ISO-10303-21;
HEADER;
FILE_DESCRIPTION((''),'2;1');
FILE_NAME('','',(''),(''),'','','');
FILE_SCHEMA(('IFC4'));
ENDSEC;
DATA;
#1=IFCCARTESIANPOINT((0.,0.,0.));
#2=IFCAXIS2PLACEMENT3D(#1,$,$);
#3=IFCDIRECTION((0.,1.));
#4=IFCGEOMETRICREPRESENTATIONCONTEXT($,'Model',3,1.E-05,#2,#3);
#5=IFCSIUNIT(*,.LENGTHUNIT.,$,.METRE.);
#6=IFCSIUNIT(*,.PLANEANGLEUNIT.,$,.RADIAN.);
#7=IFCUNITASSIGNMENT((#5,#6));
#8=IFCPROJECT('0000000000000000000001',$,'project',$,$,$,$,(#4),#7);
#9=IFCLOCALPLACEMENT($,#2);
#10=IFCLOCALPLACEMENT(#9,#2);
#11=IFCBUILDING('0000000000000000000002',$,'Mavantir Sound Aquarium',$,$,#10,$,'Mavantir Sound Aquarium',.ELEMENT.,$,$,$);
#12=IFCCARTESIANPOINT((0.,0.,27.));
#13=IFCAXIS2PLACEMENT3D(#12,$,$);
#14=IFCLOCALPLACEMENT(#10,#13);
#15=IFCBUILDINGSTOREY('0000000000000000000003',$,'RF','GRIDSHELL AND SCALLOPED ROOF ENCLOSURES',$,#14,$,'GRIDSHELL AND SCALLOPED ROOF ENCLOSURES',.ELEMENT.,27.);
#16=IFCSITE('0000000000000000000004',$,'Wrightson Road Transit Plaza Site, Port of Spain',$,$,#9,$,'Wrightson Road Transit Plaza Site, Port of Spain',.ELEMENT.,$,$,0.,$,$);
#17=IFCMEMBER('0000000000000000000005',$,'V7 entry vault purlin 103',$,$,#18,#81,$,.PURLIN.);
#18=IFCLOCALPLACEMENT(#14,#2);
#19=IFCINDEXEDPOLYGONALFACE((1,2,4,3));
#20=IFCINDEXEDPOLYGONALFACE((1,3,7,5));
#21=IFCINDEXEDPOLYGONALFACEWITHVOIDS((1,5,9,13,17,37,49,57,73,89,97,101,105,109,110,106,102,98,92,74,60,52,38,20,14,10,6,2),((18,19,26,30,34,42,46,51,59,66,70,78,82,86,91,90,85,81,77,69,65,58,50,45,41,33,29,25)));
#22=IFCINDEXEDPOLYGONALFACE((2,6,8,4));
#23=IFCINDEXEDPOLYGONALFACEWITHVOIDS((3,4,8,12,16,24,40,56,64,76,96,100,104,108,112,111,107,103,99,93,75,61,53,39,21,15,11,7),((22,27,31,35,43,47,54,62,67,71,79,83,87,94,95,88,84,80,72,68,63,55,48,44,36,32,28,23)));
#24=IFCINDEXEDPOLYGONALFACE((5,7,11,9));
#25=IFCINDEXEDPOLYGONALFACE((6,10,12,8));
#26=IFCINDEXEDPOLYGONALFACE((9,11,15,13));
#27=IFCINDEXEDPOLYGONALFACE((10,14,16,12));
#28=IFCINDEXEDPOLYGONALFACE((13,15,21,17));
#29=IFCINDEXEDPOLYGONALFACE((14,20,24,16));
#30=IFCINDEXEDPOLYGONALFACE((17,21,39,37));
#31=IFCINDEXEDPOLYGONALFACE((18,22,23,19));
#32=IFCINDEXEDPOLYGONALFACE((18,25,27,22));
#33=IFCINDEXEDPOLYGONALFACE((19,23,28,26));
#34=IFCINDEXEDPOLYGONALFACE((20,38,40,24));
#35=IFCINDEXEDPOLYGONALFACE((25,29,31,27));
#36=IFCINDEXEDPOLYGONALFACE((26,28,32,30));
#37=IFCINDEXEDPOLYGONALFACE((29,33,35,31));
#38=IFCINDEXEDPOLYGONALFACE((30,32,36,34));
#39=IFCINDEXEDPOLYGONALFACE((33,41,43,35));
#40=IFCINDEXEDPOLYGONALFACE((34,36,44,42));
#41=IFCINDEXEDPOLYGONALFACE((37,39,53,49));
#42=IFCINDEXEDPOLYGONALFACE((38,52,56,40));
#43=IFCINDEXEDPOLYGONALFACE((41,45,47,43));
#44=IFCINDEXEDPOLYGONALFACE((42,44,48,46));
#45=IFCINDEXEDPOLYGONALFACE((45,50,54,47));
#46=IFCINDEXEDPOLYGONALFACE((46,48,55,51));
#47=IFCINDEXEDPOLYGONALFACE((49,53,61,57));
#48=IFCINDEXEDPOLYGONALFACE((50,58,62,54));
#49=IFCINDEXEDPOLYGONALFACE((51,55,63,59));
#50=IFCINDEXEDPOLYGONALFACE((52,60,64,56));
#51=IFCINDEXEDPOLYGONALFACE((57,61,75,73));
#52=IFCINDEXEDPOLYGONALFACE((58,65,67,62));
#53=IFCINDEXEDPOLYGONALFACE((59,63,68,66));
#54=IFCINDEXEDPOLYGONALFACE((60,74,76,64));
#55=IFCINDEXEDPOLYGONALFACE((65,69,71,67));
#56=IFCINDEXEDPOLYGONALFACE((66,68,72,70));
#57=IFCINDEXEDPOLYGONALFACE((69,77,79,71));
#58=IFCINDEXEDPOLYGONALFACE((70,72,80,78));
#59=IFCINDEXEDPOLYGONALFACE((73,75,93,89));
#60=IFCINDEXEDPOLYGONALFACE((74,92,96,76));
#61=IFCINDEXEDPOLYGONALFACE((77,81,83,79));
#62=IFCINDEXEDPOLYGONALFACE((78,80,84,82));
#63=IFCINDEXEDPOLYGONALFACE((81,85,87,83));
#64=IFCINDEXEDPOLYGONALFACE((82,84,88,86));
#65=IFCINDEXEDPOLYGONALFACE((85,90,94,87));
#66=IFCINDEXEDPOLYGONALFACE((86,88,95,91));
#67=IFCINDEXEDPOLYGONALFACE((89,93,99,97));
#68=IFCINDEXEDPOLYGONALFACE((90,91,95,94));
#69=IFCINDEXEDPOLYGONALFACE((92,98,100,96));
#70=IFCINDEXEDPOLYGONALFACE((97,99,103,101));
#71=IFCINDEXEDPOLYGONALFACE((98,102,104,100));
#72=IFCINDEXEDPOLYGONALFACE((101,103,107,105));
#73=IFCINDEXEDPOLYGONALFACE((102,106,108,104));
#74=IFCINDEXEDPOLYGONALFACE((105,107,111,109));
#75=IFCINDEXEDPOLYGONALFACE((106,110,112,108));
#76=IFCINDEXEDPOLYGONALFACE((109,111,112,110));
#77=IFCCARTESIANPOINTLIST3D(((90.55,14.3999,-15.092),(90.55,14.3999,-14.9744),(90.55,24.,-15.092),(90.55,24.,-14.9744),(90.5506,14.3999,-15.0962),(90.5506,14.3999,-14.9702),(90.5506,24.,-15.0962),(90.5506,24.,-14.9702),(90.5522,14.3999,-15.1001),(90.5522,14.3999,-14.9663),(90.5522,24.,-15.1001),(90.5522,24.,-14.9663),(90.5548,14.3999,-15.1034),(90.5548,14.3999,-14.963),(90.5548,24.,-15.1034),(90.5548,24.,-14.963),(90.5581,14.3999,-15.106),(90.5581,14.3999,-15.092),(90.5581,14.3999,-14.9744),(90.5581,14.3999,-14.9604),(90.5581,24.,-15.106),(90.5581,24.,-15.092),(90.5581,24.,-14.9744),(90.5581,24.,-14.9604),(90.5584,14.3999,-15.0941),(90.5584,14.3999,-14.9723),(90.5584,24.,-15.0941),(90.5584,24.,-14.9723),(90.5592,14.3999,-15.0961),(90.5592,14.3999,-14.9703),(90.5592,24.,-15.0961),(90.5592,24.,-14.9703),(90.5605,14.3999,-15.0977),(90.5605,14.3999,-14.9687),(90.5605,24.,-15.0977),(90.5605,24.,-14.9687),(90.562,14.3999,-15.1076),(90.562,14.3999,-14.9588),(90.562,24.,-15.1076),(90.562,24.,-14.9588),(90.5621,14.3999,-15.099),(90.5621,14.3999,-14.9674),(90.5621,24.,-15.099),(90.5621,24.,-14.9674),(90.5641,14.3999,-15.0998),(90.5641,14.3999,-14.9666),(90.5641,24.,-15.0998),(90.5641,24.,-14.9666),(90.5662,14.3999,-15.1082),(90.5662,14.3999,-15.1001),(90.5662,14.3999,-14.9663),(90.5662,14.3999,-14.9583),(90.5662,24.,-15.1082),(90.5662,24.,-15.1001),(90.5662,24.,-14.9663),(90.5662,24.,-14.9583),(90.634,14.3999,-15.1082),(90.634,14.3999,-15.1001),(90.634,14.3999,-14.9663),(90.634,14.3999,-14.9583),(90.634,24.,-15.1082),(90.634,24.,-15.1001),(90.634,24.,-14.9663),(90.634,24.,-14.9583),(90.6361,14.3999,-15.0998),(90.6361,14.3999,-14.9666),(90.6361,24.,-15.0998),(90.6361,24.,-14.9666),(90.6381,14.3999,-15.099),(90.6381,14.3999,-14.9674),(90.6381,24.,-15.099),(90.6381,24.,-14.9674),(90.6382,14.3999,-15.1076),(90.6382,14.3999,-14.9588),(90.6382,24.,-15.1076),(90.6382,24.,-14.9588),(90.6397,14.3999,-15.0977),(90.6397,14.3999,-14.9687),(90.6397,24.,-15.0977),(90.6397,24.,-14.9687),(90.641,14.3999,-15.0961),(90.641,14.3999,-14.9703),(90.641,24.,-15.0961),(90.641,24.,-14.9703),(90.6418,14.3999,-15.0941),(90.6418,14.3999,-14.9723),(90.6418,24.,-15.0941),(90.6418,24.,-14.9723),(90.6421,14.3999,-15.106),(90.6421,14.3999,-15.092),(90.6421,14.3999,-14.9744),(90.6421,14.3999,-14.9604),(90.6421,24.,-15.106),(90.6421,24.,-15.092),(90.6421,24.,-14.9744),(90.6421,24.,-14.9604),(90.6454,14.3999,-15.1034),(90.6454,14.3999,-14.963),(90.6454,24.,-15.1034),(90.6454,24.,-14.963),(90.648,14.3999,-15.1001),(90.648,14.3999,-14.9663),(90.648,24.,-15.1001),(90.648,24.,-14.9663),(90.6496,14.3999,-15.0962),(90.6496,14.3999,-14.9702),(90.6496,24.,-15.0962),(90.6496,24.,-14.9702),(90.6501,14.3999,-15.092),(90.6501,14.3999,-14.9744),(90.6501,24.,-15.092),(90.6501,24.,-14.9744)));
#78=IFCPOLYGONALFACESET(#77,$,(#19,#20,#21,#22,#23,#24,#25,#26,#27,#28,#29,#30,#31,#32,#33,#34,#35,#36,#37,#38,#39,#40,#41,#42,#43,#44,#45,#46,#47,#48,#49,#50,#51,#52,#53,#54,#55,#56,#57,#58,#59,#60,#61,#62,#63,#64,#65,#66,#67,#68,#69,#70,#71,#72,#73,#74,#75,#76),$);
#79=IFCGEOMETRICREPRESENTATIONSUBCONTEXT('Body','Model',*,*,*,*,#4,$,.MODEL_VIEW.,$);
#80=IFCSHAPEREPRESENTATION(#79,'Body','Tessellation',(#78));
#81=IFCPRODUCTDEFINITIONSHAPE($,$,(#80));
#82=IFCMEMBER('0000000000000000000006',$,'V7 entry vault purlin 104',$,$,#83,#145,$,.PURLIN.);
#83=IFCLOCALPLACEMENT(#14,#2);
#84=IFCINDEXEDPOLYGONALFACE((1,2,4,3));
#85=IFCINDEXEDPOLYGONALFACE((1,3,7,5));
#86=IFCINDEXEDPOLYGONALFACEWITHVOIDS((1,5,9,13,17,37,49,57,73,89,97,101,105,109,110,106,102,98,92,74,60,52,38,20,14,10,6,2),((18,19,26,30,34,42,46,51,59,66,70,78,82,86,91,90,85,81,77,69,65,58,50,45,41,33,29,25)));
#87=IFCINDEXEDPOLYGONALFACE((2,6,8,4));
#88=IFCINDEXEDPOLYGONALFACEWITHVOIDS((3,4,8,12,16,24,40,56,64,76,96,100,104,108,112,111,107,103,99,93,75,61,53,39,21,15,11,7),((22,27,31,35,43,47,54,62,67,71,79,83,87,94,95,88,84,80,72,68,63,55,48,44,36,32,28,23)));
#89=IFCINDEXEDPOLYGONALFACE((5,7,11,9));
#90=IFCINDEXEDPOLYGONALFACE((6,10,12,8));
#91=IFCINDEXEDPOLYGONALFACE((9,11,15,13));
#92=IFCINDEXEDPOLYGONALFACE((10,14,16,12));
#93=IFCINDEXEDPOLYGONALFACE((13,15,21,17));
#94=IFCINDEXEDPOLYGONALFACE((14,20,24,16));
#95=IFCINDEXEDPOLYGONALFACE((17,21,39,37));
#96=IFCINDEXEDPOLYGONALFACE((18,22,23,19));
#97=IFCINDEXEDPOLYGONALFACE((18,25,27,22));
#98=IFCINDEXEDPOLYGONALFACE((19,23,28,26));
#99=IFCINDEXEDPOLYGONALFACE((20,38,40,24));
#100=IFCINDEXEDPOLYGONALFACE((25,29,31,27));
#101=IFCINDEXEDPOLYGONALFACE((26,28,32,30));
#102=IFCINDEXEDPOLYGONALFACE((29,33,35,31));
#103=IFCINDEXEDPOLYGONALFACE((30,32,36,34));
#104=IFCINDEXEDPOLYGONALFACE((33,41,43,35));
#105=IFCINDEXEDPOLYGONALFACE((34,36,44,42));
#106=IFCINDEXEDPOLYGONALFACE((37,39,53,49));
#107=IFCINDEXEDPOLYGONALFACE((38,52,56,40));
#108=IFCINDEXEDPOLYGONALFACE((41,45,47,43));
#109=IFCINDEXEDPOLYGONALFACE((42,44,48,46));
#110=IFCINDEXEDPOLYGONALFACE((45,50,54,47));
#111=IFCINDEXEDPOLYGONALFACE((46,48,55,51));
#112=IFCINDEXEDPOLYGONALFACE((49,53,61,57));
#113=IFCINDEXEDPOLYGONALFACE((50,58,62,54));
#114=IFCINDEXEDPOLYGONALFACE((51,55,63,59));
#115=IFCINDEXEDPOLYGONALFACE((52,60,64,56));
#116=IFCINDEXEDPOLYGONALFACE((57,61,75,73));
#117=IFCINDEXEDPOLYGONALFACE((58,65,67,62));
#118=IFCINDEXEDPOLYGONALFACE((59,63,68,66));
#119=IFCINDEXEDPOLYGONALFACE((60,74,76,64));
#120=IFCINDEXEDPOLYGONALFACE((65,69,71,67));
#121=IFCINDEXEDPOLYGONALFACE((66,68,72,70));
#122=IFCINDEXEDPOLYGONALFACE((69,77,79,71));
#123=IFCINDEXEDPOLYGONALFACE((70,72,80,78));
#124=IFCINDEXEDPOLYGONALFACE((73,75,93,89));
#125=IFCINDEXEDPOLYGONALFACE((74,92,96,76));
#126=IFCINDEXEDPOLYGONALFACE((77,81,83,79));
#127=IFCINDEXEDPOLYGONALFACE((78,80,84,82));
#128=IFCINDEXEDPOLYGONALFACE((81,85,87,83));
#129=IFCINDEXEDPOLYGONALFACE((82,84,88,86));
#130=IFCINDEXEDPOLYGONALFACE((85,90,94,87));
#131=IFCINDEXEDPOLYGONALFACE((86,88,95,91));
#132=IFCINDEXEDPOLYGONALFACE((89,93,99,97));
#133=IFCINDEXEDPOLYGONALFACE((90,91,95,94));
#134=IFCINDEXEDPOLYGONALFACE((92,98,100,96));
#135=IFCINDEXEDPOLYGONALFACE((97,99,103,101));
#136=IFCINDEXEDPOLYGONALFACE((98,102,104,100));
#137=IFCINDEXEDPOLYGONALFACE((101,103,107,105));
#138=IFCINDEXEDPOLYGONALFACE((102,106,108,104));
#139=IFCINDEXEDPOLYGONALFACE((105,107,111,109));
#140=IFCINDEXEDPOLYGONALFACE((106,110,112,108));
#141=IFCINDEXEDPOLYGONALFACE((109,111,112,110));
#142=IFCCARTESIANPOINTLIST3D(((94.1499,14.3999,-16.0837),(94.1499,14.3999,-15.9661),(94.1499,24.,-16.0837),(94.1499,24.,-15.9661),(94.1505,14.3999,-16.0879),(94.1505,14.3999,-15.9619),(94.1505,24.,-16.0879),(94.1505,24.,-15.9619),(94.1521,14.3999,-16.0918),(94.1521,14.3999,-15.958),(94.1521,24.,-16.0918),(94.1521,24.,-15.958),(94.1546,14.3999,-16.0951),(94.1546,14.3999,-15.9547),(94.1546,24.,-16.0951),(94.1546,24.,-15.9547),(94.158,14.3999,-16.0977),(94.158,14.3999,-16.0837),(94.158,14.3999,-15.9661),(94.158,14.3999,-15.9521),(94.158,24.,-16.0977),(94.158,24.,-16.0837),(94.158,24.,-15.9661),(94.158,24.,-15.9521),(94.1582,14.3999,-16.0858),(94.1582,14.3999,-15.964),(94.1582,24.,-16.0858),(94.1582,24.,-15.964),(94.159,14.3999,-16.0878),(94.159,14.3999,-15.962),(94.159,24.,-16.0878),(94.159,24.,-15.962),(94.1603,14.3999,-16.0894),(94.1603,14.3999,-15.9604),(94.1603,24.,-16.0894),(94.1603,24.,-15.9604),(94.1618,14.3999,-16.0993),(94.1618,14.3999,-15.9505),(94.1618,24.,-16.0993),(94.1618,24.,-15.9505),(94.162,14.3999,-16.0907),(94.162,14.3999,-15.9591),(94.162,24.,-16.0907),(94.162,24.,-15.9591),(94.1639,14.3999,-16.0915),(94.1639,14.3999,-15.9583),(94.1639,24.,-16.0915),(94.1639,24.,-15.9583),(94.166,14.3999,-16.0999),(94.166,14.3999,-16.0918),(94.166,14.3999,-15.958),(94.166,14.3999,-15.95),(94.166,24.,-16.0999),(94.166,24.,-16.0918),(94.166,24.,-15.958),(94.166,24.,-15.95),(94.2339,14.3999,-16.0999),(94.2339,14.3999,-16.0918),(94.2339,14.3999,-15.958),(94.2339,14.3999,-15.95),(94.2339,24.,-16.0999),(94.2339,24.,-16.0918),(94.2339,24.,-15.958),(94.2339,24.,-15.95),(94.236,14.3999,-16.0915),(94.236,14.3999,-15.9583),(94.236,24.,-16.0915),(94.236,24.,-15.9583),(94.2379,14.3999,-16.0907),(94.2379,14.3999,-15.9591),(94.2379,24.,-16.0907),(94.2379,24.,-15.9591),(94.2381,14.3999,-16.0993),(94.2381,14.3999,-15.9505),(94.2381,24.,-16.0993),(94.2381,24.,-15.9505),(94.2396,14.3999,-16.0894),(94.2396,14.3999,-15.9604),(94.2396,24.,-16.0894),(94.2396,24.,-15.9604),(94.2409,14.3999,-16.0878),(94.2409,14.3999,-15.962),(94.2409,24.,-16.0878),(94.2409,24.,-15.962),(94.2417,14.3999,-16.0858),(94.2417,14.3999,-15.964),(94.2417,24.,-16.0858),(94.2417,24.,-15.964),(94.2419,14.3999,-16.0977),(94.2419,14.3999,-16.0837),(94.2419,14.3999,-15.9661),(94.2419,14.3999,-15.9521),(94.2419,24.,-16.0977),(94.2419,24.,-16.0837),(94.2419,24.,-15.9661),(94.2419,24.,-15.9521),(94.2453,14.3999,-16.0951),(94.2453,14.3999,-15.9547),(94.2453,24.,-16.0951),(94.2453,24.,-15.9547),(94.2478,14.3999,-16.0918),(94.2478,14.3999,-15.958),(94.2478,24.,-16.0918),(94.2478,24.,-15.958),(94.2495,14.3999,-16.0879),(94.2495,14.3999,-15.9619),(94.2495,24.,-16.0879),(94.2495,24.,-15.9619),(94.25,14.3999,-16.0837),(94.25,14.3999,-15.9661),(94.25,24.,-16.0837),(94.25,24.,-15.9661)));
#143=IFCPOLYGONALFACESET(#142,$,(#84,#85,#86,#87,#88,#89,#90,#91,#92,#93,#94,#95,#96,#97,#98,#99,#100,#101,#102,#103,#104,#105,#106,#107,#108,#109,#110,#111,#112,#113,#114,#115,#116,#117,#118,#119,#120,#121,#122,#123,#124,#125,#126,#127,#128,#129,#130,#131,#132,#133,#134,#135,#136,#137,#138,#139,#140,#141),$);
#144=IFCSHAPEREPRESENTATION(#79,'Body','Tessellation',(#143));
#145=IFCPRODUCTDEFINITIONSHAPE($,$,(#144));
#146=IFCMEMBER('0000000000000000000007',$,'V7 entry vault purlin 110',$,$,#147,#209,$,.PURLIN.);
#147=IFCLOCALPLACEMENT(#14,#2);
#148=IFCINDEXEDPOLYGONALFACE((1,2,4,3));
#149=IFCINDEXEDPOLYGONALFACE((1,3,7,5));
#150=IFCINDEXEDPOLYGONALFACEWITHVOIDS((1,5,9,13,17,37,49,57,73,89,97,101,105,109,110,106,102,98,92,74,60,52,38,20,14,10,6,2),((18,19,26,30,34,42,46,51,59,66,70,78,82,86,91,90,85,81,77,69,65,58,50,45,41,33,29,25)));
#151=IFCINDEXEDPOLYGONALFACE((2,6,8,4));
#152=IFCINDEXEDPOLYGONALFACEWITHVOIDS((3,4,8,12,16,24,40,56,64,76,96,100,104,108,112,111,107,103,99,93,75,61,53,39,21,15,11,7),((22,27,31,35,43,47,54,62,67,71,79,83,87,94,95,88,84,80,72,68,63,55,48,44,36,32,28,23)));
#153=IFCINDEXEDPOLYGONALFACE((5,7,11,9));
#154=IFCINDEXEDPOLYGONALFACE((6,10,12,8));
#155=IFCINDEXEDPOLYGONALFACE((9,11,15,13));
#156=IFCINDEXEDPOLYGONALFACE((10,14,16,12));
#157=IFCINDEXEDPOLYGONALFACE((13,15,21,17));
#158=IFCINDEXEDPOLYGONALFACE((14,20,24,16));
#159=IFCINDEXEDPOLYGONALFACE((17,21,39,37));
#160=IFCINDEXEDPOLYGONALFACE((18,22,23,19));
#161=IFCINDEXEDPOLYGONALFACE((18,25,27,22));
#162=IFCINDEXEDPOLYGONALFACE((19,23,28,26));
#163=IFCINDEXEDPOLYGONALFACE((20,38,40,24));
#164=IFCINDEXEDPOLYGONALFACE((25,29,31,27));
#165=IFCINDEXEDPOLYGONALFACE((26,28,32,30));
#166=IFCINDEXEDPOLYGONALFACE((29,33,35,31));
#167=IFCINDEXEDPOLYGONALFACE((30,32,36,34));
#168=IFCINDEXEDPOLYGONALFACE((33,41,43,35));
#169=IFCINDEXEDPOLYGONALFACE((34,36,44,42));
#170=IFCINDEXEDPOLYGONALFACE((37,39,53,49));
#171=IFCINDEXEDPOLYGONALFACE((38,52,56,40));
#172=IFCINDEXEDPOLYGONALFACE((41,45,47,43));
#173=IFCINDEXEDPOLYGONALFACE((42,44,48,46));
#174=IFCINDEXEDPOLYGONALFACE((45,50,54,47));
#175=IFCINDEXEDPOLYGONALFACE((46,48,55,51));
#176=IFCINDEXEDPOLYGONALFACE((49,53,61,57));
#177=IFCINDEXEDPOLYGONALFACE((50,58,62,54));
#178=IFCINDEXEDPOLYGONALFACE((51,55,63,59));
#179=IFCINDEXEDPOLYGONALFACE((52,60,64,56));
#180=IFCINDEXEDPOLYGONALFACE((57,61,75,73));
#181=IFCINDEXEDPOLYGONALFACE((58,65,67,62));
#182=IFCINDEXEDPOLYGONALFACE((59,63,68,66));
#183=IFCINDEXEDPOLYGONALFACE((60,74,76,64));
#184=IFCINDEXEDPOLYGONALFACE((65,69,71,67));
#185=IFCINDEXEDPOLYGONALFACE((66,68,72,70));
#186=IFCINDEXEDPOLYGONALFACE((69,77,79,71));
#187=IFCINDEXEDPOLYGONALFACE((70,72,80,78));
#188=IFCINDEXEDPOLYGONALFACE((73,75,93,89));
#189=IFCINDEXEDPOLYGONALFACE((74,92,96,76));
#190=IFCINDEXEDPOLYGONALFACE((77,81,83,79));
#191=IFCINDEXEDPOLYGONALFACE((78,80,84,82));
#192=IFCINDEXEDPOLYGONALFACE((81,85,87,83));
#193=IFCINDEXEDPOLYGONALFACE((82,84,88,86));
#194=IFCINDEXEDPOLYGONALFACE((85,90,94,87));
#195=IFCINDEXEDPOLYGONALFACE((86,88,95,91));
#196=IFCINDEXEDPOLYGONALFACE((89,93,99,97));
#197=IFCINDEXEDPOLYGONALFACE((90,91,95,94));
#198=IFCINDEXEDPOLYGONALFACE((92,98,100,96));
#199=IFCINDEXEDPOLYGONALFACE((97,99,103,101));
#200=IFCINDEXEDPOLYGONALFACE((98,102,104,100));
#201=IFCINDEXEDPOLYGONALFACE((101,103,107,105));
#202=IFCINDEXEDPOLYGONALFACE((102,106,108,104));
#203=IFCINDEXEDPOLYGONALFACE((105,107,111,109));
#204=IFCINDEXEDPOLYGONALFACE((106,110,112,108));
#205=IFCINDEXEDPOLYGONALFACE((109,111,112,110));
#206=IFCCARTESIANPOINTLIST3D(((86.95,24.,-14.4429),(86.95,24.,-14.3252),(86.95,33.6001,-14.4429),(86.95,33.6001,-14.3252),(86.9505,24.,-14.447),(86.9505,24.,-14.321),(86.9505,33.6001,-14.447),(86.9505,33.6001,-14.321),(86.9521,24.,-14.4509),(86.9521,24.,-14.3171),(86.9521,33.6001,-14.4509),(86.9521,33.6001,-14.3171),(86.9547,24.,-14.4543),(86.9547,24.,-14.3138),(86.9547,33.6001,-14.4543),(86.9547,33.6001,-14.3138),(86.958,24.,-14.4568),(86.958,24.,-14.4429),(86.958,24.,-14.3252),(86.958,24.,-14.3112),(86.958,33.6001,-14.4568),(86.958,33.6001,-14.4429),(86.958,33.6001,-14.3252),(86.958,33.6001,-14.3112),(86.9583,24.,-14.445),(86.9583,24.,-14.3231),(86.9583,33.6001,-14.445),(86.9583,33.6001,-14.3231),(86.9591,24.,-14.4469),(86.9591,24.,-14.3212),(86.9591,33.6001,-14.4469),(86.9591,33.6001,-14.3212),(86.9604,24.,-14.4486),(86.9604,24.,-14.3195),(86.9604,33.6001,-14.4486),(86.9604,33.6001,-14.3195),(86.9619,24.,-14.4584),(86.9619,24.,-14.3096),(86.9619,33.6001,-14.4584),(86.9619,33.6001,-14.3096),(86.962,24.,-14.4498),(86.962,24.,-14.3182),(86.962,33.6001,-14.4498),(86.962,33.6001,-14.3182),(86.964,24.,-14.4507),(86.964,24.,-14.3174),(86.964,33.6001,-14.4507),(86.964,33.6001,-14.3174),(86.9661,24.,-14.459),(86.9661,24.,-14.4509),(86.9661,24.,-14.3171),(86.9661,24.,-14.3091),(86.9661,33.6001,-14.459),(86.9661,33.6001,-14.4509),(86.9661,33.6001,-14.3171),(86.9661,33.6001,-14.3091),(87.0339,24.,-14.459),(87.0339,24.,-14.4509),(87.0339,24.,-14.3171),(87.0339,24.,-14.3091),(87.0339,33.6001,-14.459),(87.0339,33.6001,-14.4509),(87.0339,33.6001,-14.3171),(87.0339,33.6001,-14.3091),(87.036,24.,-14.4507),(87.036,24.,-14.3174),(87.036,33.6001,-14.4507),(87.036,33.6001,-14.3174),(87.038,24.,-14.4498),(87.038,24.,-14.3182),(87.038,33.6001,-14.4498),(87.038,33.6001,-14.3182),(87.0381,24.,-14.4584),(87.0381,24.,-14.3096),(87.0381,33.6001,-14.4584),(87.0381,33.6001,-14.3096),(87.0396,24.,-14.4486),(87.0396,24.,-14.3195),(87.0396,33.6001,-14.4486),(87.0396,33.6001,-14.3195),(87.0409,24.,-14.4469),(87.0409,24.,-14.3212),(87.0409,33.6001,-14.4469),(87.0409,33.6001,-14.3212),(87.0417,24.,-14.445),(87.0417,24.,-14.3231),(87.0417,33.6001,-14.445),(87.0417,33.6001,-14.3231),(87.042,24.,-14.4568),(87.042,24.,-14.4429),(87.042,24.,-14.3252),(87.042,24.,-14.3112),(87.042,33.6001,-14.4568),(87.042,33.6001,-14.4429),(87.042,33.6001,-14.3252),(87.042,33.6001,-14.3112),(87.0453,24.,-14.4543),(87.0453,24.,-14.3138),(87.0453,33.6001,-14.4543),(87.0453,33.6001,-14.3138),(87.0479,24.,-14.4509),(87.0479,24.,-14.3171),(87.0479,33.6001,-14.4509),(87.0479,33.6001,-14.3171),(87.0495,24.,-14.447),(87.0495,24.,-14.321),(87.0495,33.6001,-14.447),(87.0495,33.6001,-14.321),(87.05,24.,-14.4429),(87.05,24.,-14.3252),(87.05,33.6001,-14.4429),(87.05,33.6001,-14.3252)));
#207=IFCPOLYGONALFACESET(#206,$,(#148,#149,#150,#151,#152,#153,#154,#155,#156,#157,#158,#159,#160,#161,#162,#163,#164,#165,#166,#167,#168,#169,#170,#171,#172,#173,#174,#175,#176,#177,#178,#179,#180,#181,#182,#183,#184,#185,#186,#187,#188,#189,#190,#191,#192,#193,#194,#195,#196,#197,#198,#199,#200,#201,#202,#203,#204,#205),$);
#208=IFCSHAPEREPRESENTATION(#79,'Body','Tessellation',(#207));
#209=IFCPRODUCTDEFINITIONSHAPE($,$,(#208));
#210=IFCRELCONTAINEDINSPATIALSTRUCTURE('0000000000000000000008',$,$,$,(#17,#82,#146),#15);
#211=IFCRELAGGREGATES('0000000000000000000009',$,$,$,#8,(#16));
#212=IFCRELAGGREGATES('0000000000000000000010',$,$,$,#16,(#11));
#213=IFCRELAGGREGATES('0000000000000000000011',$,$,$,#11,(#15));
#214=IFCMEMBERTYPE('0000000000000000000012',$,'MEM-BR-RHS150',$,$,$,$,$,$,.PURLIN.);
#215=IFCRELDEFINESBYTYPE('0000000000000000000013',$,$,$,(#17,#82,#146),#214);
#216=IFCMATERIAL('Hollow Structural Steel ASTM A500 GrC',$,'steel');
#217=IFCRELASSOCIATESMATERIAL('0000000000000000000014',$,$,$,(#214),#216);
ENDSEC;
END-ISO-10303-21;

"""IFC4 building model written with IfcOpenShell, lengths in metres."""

from ifc_helpers import new_model, si_unit, direction, frame, origin, origin_2d, place, context, subcontext, project, spatial, hollow_rectangle, extrude, material, material_profile, profile_set, type_object, element, save


model = new_model("IFC4")

# Units and contexts
model_context = context("Model", 3, precision=1e-05, world=origin(), true_north=direction((0.0, 1.0)))
body_context = subcontext(model_context, "Body", "Model", "MODEL_VIEW")
ifc_project = project(units=[si_unit("LENGTHUNIT", "METRE"), si_unit("PLANEANGLEUNIT", "RADIAN")], contexts=[model_context])

# Site, building, storey
site_placement = place(None, origin())
site = spatial("IfcSite", under=ifc_project, at=site_placement, Name="Wrightson Road Transit Plaza Site, Port of Spain", LongName="Wrightson Road Transit Plaza Site, Port of Spain", CompositionType="ELEMENT", RefElevation=0.0)
building_placement = place(site_placement, origin())
building = spatial("IfcBuilding", under=site, at=building_placement, Name="Mavantir Sound Aquarium", LongName="Mavantir Sound Aquarium", CompositionType="ELEMENT")
storey_placement = place(building_placement, frame((0.0, 0.0, 27.0)))
storey = spatial("IfcBuildingStorey", under=building, at=storey_placement, Name="RF", Description="GRIDSHELL AND SCALLOPED ROOF ENCLOSURES", LongName="GRIDSHELL AND SCALLOPED ROOF ENCLOSURES", CompositionType="ELEMENT", Elevation=27.0)

# Members
ifc_material_1 = material(Name="Hollow Structural Steel ASTM A500 GrC", Category="steel")
ifc_material_profile_1 = material_profile(ifc_material_1, hollow_rectangle(XDim=0.1001, YDim=0.1499, WallThickness=0.0081, InnerFilletRadius=0.0081, OuterFilletRadius=0.0161, at=origin_2d()), Name="RHS 150X100X8")
ifc_profile_set_1 = profile_set([ifc_material_profile_1], Name="Hollow Structural Steel ASTM A500 GrC")
member_type_1 = type_object("IfcMemberType", Name="MEM-BR-RHS150", PredefinedType="PURLIN", material=ifc_profile_set_1)
for number, where, z_axis, x_axis, name in (
    (1, (90.6001, 14.3999, -15.0332), (0.0, 1.0, 0.0), (-1.0, 0.0, 0.0), "V7 entry vault purlin 103"),
    (2, (94.2, 14.3999, -16.0249), (0.0, 1.0, 0.0), (-1.0, 0.0, 0.0), "V7 entry vault purlin 104"),
    (3, (87.0, 24.0, -14.384), (0.0, 1.0, 0.0), (-1.0, 0.0, 0.0), "V7 entry vault purlin 110"),
):
    element("IfcMember", number, at=place(storey_placement, frame(where, z_axis=z_axis, x_axis=x_axis)), inside=storey, type_object=member_type_1, Name=name, PredefinedType="PURLIN", context=body_context, shape_type="SweptSolid", body=[
        extrude(hollow_rectangle(XDim=0.1001, YDim=0.1499, WallThickness=0.0081, InnerFilletRadius=0.0081, OuterFilletRadius=0.0161, at=origin_2d()), origin(), (0.0, 0.0, 1.0), 9.6001),
    ])

save(model, "model.ifc")
